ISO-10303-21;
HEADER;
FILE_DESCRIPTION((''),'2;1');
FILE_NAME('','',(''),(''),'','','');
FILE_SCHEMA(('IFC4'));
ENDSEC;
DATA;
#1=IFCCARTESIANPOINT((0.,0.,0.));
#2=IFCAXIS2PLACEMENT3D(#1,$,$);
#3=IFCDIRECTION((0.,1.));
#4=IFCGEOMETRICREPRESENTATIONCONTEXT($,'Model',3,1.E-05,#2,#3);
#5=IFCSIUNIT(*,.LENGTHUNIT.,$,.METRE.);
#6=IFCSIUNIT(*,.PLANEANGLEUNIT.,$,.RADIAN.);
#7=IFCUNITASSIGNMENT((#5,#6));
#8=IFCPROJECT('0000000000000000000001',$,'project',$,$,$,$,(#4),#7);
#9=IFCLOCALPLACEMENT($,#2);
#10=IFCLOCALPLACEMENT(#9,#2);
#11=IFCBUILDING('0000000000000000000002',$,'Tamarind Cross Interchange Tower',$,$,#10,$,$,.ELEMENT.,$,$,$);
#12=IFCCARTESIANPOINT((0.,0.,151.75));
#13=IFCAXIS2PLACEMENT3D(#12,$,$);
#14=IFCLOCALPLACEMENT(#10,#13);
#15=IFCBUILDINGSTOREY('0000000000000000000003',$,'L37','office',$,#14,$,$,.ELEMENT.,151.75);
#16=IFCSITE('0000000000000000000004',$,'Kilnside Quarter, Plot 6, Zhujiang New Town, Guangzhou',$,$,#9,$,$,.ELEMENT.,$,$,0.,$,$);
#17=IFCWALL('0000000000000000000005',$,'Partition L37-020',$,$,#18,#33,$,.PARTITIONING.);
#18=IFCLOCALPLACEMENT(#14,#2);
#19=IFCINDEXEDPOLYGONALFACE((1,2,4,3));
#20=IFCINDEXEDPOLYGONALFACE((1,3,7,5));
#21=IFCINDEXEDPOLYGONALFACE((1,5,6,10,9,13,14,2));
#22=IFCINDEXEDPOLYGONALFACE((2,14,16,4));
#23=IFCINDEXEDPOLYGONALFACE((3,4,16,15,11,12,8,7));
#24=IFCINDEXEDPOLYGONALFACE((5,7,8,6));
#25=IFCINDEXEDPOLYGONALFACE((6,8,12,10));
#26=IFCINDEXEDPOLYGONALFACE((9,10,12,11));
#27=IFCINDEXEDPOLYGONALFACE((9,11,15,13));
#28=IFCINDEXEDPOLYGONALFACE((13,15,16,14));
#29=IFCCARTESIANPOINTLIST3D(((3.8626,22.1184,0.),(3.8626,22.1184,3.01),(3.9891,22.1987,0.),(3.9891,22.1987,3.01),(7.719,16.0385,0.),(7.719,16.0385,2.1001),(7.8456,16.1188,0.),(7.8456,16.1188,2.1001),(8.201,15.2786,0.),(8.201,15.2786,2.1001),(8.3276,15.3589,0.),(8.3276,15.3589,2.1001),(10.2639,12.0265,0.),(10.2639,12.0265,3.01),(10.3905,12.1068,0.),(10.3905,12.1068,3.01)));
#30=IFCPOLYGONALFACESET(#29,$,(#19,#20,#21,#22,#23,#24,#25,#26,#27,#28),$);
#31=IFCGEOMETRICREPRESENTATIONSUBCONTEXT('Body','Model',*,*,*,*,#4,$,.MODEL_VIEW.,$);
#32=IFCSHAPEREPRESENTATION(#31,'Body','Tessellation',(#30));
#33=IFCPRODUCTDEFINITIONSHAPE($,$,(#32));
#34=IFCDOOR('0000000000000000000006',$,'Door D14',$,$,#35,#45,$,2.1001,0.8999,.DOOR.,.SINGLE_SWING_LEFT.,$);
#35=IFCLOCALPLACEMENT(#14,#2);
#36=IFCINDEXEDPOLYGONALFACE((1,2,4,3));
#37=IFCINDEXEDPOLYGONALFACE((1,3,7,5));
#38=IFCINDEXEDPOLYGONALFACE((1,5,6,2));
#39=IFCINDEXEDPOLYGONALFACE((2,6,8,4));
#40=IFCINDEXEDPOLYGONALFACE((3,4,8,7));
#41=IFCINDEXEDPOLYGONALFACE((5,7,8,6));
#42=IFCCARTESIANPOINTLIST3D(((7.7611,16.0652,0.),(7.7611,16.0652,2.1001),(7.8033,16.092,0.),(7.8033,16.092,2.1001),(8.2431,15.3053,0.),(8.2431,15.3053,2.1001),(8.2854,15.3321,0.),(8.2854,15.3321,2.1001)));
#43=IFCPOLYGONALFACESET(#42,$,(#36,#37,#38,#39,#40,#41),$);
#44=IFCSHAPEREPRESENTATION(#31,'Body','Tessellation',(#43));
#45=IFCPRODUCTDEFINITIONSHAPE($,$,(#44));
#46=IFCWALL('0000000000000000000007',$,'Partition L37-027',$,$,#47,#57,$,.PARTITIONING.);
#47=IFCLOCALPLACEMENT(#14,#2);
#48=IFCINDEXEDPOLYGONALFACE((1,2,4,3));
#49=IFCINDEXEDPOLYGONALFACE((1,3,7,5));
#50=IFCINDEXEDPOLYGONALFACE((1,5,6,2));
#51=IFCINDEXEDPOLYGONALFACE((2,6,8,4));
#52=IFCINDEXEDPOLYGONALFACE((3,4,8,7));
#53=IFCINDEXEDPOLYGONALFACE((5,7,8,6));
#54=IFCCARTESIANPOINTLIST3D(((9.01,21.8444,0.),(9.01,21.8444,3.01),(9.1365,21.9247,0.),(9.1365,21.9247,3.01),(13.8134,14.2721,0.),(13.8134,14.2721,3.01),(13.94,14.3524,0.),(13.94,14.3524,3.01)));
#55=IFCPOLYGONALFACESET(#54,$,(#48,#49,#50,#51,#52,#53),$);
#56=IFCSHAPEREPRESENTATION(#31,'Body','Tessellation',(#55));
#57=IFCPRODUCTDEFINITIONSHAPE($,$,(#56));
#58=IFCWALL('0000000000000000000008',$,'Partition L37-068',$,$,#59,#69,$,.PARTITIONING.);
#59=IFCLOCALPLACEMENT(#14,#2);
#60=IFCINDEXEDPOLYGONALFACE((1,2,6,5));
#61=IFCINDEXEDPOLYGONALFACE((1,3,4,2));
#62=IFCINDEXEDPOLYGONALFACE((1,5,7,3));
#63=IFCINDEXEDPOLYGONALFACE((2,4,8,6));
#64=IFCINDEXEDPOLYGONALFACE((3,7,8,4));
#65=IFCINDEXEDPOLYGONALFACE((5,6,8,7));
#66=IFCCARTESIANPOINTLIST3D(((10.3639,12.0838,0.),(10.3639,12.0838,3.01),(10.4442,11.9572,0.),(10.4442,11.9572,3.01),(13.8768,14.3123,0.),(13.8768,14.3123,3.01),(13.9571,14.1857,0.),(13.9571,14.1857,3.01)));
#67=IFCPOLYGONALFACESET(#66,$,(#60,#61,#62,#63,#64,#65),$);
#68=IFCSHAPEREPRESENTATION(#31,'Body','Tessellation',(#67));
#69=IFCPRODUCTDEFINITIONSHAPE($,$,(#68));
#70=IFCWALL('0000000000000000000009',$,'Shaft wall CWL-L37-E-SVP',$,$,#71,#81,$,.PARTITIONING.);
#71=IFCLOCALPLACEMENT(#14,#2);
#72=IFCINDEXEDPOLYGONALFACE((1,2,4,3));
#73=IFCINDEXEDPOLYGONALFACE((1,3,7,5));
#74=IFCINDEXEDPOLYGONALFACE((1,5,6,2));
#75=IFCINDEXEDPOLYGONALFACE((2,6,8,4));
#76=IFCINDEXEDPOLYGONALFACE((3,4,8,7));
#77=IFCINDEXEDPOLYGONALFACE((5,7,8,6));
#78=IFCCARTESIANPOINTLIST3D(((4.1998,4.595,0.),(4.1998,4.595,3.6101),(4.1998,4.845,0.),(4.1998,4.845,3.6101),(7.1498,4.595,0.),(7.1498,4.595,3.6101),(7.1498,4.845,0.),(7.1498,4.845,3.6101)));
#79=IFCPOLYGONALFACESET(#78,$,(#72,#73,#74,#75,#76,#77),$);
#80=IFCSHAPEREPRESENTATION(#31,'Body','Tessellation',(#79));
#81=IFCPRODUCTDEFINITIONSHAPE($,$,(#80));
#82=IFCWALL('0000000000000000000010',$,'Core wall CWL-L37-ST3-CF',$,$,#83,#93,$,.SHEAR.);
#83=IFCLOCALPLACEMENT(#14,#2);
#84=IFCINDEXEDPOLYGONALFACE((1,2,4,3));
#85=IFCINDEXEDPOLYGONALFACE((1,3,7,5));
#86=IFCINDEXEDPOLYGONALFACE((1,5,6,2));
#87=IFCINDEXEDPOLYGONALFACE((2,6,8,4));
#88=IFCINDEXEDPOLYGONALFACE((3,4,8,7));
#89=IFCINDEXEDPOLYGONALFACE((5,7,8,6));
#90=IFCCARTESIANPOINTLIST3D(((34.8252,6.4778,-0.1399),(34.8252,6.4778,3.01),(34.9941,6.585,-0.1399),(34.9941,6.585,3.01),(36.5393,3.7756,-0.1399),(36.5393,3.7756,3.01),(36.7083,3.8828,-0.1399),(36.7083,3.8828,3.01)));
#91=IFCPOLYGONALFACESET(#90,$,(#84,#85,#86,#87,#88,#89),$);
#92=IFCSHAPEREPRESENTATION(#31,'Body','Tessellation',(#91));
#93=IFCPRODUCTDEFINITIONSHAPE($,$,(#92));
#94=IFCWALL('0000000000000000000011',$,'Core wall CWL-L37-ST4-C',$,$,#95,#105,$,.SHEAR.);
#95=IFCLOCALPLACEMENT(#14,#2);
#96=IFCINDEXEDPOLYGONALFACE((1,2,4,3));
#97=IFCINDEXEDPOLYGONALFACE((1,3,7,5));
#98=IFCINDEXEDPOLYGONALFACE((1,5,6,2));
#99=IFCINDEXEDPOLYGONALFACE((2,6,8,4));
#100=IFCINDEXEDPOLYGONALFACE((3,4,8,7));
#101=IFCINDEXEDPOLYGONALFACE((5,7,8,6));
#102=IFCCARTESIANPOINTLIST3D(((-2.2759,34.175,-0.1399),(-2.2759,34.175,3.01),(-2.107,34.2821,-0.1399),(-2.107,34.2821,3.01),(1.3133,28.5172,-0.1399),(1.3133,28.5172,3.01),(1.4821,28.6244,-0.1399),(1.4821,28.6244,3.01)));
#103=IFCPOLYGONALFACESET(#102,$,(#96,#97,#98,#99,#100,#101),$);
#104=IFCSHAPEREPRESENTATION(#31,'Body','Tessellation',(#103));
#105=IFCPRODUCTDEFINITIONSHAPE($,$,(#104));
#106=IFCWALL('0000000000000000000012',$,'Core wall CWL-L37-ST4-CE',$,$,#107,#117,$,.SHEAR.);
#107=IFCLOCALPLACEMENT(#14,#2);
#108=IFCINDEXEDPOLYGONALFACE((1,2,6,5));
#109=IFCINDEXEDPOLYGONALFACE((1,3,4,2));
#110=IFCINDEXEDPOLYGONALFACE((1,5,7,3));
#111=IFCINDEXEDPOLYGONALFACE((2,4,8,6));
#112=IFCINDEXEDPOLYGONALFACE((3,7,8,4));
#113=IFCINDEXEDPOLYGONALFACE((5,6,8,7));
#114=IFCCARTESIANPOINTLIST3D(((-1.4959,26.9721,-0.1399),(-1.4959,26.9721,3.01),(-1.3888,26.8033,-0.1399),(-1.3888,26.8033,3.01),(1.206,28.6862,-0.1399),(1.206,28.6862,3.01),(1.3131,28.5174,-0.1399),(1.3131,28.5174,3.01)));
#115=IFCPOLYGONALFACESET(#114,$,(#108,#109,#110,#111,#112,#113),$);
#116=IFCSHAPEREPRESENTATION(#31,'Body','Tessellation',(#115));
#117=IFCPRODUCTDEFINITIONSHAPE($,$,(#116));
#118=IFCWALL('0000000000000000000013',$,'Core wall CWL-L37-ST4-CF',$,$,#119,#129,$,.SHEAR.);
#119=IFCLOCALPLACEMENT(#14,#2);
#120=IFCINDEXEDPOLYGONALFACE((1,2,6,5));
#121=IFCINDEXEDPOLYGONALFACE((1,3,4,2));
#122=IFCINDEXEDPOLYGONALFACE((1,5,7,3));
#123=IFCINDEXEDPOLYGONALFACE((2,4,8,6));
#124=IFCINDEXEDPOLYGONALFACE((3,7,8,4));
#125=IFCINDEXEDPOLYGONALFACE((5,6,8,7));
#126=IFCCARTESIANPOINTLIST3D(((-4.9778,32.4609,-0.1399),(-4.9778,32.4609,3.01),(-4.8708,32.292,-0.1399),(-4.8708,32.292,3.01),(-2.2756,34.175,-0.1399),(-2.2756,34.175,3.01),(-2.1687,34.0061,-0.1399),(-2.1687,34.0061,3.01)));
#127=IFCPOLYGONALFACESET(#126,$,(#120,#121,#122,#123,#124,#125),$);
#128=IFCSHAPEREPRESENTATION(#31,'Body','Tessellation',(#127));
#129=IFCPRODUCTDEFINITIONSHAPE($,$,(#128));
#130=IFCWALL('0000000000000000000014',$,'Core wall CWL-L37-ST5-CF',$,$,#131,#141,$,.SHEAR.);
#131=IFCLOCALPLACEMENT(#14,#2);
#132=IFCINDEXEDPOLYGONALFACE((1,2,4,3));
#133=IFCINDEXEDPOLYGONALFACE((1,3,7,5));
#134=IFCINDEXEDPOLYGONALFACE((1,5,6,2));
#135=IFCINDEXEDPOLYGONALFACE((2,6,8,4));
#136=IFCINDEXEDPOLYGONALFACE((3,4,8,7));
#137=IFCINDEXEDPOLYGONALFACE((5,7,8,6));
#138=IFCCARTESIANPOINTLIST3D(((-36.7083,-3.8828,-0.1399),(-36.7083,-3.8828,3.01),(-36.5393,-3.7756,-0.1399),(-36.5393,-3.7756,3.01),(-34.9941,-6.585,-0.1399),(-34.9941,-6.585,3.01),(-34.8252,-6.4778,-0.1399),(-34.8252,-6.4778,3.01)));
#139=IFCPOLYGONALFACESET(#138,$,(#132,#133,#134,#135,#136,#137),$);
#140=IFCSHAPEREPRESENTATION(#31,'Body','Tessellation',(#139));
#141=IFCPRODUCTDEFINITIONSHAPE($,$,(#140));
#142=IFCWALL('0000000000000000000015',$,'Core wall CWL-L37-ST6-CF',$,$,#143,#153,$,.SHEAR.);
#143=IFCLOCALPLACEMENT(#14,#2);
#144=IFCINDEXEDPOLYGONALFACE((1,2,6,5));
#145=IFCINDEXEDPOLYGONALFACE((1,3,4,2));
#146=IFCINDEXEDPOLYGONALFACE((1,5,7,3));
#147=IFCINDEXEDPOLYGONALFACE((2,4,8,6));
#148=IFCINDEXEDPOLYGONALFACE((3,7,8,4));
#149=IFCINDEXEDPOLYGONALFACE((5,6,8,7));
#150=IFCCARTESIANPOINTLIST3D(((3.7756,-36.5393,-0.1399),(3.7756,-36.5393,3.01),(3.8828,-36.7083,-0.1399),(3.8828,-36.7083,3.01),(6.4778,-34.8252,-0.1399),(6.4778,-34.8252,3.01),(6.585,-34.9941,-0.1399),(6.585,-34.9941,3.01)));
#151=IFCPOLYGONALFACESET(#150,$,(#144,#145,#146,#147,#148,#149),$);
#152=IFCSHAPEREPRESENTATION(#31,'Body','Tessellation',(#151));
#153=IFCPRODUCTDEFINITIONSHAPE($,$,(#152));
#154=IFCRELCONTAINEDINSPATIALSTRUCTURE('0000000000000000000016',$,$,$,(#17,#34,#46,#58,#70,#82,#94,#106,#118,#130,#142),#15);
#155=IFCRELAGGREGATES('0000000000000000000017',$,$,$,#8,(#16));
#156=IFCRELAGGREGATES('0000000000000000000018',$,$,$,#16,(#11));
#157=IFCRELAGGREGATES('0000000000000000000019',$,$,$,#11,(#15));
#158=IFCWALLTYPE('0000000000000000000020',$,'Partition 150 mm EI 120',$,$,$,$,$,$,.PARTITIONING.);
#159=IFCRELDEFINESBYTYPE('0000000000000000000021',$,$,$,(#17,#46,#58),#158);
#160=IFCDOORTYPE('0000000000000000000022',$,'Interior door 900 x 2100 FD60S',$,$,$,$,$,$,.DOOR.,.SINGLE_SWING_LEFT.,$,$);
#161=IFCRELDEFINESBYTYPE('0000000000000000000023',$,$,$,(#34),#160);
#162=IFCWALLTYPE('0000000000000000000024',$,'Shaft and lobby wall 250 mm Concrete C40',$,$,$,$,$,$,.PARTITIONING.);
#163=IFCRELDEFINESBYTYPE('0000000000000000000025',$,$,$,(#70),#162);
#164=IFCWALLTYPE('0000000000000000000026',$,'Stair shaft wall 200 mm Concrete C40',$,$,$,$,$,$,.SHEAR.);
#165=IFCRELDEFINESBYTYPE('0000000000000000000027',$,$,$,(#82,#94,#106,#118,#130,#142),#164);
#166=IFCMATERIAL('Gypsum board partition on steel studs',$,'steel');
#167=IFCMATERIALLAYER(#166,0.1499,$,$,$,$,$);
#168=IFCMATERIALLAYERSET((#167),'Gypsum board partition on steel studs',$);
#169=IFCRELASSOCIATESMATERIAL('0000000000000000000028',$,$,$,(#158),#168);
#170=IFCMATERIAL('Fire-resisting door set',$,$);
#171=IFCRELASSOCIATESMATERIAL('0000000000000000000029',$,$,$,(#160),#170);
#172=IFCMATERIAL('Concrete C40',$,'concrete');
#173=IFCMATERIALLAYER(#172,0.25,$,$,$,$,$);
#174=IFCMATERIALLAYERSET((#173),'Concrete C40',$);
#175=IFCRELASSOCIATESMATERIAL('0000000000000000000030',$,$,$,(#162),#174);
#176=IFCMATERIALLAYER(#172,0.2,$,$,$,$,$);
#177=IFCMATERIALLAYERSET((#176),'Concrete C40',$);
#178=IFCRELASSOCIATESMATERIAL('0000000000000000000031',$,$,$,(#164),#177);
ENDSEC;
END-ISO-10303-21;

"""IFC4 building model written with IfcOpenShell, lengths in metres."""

from ifc_helpers import new_model, si_unit, direction, frame, frame_2d, origin, place, context, subcontext, project, spatial, polyline, rectangle, outline, extrude, material, layer, layer_set, type_object, element, fill, save


model = new_model("IFC4")

# Units and contexts
model_context = context("Model", 3, precision=1e-05, world=origin(), true_north=direction((0.0, 1.0)))
body_context = subcontext(model_context, "Body", "Model", "MODEL_VIEW")
ifc_project = project(units=[si_unit("LENGTHUNIT", "METRE"), si_unit("PLANEANGLEUNIT", "RADIAN")], contexts=[model_context])

# Site, building, storey
site_placement = place(None, origin())
site = spatial("IfcSite", under=ifc_project, at=site_placement, Name="Kilnside Quarter, Plot 6, Zhujiang New Town, Guangzhou", CompositionType="ELEMENT", RefElevation=0.0)
building_placement = place(site_placement, origin())
building = spatial("IfcBuilding", under=site, at=building_placement, Name="Tamarind Cross Interchange Tower", CompositionType="ELEMENT")
storey_placement = place(building_placement, frame((0.0, 0.0, 151.75)))
storey = spatial("IfcBuildingStorey", under=building, at=storey_placement, Name="L37", Description="office", CompositionType="ELEMENT", Elevation=151.75)

# Shared definitions
ifc_material_1 = material(Name="Concrete C40", Category="concrete")

# Shared definitions
ifc_material_2 = material(Name="Gypsum board partition on steel studs", Category="steel")
ifc_layer_1 = layer(ifc_material_2, 0.1499)
ifc_layer_set_1 = layer_set([ifc_layer_1], Name="Gypsum board partition on steel studs")
wall_type_1 = type_object("IfcWallType", Name="Partition 150 mm EI 120", PredefinedType="PARTITIONING", material=ifc_layer_set_1)

# Wall, opening, door
wall_1_placement = place(storey_placement, frame((3.9258, 22.1587, 0.0), z_axis=(0.0, 0.0, 1.0), x_axis=(0.535634, -0.84445, 0.0)))
wall_1 = element("IfcWall", 1, at=wall_1_placement, inside=storey, type_object=wall_type_1, Name="Partition L37-020", PredefinedType="PARTITIONING", context=body_context, shape_type="SweptSolid", body=[
    extrude(rectangle(XDim=11.9509, YDim=0.1499, at=frame_2d((5.9756, 0.0))), origin(), (0.0, 0.0, 1.0), 3.01),
])
opening_placement = place(wall_1_placement, frame((7.2, 0.0, 0.0)))
opening = element("IfcOpeningElement", 2, at=opening_placement, cuts=wall_1, PredefinedType="OPENING", context=body_context, shape_type="SweptSolid", body=[
    extrude(rectangle(XDim=0.8999, YDim=2.1001, at=frame_2d((0.45, 1.05))), frame((0.0, 0.085, 0.0), z_axis=(0.0, -1.0, 0.0), x_axis=(1.0, 0.0, 0.0)), (0.0, 0.0, 1.0), 0.1699),
])
ifc_material_3 = material(Name="Fire-resisting door set")
door_type = type_object("IfcDoorType", Name="Interior door 900 x 2100 FD60S", OperationType="SINGLE_SWING_LEFT", PredefinedType="DOOR", material=ifc_material_3)
door_placement = place(opening_placement, origin())
door = element("IfcDoor", 3, at=door_placement, inside=storey, type_object=door_type, Name="Door D14", OperationType="SINGLE_SWING_LEFT", OverallHeight=2.1001, OverallWidth=0.8999, PredefinedType="DOOR", context=body_context, shape_type="SweptSolid", body=[
    extrude(rectangle(XDim=0.8999, YDim=2.1001, at=frame_2d((0.45, 1.05))), frame((0.0, 0.0249, 0.0), z_axis=(0.0, -1.0, 0.0), x_axis=(1.0, 0.0, 0.0)), (0.0, 0.0, 1.0), 0.05),
])
fill(opening, door)

# Walls
wall_2_placement = place(storey_placement, frame((9.0732, 21.8845, 0.0), z_axis=(0.0, 0.0, 1.0), x_axis=(0.535665, -0.844431, 0.0)))
element("IfcWall", 4, at=wall_2_placement, inside=storey, type_object=wall_type_1, Name="Partition L37-027", PredefinedType="PARTITIONING", context=body_context, shape_type="SweptSolid", body=[
    extrude(rectangle(XDim=8.9673, YDim=0.1499, at=frame_2d((4.4836, 0.0))), origin(), (0.0, 0.0, 1.0), 3.01),
])
wall_3_placement = place(storey_placement, frame((10.4041, 12.0205, 0.0), z_axis=(0.0, 0.0, 1.0), x_axis=(0.844422, 0.535679, 0.0)))
element("IfcWall", 5, at=wall_3_placement, inside=storey, type_object=wall_type_1, Name="Partition L37-068", PredefinedType="PARTITIONING", context=body_context, shape_type="SweptSolid", body=[
    extrude(rectangle(XDim=4.1602, YDim=0.1499, at=frame_2d((2.0801, 0.0))), origin(), (0.0, 0.0, 1.0), 3.01),
])
ifc_layer_2 = layer(ifc_material_1, 0.25)
ifc_layer_set_2 = layer_set([ifc_layer_2], Name="Concrete C40")
wall_type_2 = type_object("IfcWallType", Name="Shaft and lobby wall 250 mm Concrete C40", PredefinedType="PARTITIONING", material=ifc_layer_set_2)
wall_4_placement = place(storey_placement, frame((7.1499, 4.72, 0.0), z_axis=(0.0, 0.0, 1.0), x_axis=(-1.0, 0.0, 0.0)))
element("IfcWall", 6, at=wall_4_placement, inside=storey, type_object=wall_type_2, Name="Shaft wall CWL-L37-E-SVP", PredefinedType="PARTITIONING", context=body_context, shape_type="SweptSolid", body=[
    extrude(rectangle(XDim=2.95, YDim=0.25, at=frame_2d((1.4751, 0.0))), origin(), (0.0, 0.0, 1.0), 3.6101),
])
ifc_layer_3 = layer(ifc_material_1, 0.2)
ifc_layer_set_3 = layer_set([ifc_layer_3], Name="Concrete C40")
wall_type_3 = type_object("IfcWallType", Name="Stair shaft wall 200 mm Concrete C40", PredefinedType="SHEAR", material=ifc_layer_set_3)
wall_5_placement = place(storey_placement, frame((0.0, 0.0, -0.1399)))
element("IfcWall", 7, at=wall_5_placement, inside=storey, type_object=wall_type_3, Name="Core wall CWL-L37-ST3-CF", PredefinedType="SHEAR", context=body_context, shape_type="SweptSolid", body=[
    extrude(outline(polyline([(36.5393, 3.7756), (36.7083, 3.8828), (34.9941, 6.585), (34.8252, 6.4778), (36.5393, 3.7756)])), origin(), (0.0, 0.0, 1.0), 3.1499),
])
wall_6_placement = place(storey_placement, frame((1.3977, 28.5708, -0.1399), z_axis=(0.0, 0.0, 1.0), x_axis=(-0.53568, 0.844421, 0.0)))
element("IfcWall", 8, at=wall_6_placement, inside=storey, type_object=wall_type_3, Name="Core wall CWL-L37-ST4-C", PredefinedType="SHEAR", context=body_context, shape_type="SweptSolid", body=[
    extrude(rectangle(XDim=6.7002, YDim=0.2, at=frame_2d((3.3501, 0.0))), origin(), (0.0, 0.0, 1.0), 3.1499),
])
wall_7_placement = place(storey_placement, frame((1.2595, 28.6018, -0.1399), z_axis=(0.0, 0.0, 1.0), x_axis=(-0.844408, -0.5357, 0.0)))
element("IfcWall", 9, at=wall_7_placement, inside=storey, type_object=wall_type_3, Name="Core wall CWL-L37-ST4-CE", PredefinedType="SHEAR", context=body_context, shape_type="SweptSolid", body=[
    extrude(rectangle(XDim=3.1997, YDim=0.2, at=frame_2d((1.5999, 0.0))), origin(), (0.0, 0.0, 1.0), 3.1499),
])
wall_8_placement = place(storey_placement, frame((0.0, 0.0, -0.1399)))
element("IfcWall", 10, at=wall_8_placement, inside=storey, type_object=wall_type_3, Name="Core wall CWL-L37-ST4-CF", PredefinedType="SHEAR", context=body_context, shape_type="SweptSolid", body=[
    extrude(outline(polyline([(-2.1687, 34.0061), (-2.2756, 34.175), (-4.9778, 32.4609), (-4.8708, 32.292), (-2.1687, 34.0061)])), origin(), (0.0, 0.0, 1.0), 3.1499),
])
wall_9_placement = place(storey_placement, frame((0.0, 0.0, -0.1399)))
element("IfcWall", 11, at=wall_9_placement, inside=storey, type_object=wall_type_3, Name="Core wall CWL-L37-ST5-CF", PredefinedType="SHEAR", context=body_context, shape_type="SweptSolid", body=[
    extrude(outline(polyline([(-36.5393, -3.7756), (-36.7083, -3.8828), (-34.9941, -6.585), (-34.8252, -6.4778), (-36.5393, -3.7756)])), origin(), (0.0, 0.0, 1.0), 3.1499),
])
wall_10_placement = place(storey_placement, frame((0.0, 0.0, -0.1399)))
element("IfcWall", 12, at=wall_10_placement, inside=storey, type_object=wall_type_3, Name="Core wall CWL-L37-ST6-CF", PredefinedType="SHEAR", context=body_context, shape_type="SweptSolid", body=[
    extrude(outline(polyline([(3.7756, -36.5393), (3.8828, -36.7083), (6.585, -34.9941), (6.4778, -34.8252), (3.7756, -36.5393)])), origin(), (0.0, 0.0, 1.0), 3.1499),
])

save(model, "model.ifc")
